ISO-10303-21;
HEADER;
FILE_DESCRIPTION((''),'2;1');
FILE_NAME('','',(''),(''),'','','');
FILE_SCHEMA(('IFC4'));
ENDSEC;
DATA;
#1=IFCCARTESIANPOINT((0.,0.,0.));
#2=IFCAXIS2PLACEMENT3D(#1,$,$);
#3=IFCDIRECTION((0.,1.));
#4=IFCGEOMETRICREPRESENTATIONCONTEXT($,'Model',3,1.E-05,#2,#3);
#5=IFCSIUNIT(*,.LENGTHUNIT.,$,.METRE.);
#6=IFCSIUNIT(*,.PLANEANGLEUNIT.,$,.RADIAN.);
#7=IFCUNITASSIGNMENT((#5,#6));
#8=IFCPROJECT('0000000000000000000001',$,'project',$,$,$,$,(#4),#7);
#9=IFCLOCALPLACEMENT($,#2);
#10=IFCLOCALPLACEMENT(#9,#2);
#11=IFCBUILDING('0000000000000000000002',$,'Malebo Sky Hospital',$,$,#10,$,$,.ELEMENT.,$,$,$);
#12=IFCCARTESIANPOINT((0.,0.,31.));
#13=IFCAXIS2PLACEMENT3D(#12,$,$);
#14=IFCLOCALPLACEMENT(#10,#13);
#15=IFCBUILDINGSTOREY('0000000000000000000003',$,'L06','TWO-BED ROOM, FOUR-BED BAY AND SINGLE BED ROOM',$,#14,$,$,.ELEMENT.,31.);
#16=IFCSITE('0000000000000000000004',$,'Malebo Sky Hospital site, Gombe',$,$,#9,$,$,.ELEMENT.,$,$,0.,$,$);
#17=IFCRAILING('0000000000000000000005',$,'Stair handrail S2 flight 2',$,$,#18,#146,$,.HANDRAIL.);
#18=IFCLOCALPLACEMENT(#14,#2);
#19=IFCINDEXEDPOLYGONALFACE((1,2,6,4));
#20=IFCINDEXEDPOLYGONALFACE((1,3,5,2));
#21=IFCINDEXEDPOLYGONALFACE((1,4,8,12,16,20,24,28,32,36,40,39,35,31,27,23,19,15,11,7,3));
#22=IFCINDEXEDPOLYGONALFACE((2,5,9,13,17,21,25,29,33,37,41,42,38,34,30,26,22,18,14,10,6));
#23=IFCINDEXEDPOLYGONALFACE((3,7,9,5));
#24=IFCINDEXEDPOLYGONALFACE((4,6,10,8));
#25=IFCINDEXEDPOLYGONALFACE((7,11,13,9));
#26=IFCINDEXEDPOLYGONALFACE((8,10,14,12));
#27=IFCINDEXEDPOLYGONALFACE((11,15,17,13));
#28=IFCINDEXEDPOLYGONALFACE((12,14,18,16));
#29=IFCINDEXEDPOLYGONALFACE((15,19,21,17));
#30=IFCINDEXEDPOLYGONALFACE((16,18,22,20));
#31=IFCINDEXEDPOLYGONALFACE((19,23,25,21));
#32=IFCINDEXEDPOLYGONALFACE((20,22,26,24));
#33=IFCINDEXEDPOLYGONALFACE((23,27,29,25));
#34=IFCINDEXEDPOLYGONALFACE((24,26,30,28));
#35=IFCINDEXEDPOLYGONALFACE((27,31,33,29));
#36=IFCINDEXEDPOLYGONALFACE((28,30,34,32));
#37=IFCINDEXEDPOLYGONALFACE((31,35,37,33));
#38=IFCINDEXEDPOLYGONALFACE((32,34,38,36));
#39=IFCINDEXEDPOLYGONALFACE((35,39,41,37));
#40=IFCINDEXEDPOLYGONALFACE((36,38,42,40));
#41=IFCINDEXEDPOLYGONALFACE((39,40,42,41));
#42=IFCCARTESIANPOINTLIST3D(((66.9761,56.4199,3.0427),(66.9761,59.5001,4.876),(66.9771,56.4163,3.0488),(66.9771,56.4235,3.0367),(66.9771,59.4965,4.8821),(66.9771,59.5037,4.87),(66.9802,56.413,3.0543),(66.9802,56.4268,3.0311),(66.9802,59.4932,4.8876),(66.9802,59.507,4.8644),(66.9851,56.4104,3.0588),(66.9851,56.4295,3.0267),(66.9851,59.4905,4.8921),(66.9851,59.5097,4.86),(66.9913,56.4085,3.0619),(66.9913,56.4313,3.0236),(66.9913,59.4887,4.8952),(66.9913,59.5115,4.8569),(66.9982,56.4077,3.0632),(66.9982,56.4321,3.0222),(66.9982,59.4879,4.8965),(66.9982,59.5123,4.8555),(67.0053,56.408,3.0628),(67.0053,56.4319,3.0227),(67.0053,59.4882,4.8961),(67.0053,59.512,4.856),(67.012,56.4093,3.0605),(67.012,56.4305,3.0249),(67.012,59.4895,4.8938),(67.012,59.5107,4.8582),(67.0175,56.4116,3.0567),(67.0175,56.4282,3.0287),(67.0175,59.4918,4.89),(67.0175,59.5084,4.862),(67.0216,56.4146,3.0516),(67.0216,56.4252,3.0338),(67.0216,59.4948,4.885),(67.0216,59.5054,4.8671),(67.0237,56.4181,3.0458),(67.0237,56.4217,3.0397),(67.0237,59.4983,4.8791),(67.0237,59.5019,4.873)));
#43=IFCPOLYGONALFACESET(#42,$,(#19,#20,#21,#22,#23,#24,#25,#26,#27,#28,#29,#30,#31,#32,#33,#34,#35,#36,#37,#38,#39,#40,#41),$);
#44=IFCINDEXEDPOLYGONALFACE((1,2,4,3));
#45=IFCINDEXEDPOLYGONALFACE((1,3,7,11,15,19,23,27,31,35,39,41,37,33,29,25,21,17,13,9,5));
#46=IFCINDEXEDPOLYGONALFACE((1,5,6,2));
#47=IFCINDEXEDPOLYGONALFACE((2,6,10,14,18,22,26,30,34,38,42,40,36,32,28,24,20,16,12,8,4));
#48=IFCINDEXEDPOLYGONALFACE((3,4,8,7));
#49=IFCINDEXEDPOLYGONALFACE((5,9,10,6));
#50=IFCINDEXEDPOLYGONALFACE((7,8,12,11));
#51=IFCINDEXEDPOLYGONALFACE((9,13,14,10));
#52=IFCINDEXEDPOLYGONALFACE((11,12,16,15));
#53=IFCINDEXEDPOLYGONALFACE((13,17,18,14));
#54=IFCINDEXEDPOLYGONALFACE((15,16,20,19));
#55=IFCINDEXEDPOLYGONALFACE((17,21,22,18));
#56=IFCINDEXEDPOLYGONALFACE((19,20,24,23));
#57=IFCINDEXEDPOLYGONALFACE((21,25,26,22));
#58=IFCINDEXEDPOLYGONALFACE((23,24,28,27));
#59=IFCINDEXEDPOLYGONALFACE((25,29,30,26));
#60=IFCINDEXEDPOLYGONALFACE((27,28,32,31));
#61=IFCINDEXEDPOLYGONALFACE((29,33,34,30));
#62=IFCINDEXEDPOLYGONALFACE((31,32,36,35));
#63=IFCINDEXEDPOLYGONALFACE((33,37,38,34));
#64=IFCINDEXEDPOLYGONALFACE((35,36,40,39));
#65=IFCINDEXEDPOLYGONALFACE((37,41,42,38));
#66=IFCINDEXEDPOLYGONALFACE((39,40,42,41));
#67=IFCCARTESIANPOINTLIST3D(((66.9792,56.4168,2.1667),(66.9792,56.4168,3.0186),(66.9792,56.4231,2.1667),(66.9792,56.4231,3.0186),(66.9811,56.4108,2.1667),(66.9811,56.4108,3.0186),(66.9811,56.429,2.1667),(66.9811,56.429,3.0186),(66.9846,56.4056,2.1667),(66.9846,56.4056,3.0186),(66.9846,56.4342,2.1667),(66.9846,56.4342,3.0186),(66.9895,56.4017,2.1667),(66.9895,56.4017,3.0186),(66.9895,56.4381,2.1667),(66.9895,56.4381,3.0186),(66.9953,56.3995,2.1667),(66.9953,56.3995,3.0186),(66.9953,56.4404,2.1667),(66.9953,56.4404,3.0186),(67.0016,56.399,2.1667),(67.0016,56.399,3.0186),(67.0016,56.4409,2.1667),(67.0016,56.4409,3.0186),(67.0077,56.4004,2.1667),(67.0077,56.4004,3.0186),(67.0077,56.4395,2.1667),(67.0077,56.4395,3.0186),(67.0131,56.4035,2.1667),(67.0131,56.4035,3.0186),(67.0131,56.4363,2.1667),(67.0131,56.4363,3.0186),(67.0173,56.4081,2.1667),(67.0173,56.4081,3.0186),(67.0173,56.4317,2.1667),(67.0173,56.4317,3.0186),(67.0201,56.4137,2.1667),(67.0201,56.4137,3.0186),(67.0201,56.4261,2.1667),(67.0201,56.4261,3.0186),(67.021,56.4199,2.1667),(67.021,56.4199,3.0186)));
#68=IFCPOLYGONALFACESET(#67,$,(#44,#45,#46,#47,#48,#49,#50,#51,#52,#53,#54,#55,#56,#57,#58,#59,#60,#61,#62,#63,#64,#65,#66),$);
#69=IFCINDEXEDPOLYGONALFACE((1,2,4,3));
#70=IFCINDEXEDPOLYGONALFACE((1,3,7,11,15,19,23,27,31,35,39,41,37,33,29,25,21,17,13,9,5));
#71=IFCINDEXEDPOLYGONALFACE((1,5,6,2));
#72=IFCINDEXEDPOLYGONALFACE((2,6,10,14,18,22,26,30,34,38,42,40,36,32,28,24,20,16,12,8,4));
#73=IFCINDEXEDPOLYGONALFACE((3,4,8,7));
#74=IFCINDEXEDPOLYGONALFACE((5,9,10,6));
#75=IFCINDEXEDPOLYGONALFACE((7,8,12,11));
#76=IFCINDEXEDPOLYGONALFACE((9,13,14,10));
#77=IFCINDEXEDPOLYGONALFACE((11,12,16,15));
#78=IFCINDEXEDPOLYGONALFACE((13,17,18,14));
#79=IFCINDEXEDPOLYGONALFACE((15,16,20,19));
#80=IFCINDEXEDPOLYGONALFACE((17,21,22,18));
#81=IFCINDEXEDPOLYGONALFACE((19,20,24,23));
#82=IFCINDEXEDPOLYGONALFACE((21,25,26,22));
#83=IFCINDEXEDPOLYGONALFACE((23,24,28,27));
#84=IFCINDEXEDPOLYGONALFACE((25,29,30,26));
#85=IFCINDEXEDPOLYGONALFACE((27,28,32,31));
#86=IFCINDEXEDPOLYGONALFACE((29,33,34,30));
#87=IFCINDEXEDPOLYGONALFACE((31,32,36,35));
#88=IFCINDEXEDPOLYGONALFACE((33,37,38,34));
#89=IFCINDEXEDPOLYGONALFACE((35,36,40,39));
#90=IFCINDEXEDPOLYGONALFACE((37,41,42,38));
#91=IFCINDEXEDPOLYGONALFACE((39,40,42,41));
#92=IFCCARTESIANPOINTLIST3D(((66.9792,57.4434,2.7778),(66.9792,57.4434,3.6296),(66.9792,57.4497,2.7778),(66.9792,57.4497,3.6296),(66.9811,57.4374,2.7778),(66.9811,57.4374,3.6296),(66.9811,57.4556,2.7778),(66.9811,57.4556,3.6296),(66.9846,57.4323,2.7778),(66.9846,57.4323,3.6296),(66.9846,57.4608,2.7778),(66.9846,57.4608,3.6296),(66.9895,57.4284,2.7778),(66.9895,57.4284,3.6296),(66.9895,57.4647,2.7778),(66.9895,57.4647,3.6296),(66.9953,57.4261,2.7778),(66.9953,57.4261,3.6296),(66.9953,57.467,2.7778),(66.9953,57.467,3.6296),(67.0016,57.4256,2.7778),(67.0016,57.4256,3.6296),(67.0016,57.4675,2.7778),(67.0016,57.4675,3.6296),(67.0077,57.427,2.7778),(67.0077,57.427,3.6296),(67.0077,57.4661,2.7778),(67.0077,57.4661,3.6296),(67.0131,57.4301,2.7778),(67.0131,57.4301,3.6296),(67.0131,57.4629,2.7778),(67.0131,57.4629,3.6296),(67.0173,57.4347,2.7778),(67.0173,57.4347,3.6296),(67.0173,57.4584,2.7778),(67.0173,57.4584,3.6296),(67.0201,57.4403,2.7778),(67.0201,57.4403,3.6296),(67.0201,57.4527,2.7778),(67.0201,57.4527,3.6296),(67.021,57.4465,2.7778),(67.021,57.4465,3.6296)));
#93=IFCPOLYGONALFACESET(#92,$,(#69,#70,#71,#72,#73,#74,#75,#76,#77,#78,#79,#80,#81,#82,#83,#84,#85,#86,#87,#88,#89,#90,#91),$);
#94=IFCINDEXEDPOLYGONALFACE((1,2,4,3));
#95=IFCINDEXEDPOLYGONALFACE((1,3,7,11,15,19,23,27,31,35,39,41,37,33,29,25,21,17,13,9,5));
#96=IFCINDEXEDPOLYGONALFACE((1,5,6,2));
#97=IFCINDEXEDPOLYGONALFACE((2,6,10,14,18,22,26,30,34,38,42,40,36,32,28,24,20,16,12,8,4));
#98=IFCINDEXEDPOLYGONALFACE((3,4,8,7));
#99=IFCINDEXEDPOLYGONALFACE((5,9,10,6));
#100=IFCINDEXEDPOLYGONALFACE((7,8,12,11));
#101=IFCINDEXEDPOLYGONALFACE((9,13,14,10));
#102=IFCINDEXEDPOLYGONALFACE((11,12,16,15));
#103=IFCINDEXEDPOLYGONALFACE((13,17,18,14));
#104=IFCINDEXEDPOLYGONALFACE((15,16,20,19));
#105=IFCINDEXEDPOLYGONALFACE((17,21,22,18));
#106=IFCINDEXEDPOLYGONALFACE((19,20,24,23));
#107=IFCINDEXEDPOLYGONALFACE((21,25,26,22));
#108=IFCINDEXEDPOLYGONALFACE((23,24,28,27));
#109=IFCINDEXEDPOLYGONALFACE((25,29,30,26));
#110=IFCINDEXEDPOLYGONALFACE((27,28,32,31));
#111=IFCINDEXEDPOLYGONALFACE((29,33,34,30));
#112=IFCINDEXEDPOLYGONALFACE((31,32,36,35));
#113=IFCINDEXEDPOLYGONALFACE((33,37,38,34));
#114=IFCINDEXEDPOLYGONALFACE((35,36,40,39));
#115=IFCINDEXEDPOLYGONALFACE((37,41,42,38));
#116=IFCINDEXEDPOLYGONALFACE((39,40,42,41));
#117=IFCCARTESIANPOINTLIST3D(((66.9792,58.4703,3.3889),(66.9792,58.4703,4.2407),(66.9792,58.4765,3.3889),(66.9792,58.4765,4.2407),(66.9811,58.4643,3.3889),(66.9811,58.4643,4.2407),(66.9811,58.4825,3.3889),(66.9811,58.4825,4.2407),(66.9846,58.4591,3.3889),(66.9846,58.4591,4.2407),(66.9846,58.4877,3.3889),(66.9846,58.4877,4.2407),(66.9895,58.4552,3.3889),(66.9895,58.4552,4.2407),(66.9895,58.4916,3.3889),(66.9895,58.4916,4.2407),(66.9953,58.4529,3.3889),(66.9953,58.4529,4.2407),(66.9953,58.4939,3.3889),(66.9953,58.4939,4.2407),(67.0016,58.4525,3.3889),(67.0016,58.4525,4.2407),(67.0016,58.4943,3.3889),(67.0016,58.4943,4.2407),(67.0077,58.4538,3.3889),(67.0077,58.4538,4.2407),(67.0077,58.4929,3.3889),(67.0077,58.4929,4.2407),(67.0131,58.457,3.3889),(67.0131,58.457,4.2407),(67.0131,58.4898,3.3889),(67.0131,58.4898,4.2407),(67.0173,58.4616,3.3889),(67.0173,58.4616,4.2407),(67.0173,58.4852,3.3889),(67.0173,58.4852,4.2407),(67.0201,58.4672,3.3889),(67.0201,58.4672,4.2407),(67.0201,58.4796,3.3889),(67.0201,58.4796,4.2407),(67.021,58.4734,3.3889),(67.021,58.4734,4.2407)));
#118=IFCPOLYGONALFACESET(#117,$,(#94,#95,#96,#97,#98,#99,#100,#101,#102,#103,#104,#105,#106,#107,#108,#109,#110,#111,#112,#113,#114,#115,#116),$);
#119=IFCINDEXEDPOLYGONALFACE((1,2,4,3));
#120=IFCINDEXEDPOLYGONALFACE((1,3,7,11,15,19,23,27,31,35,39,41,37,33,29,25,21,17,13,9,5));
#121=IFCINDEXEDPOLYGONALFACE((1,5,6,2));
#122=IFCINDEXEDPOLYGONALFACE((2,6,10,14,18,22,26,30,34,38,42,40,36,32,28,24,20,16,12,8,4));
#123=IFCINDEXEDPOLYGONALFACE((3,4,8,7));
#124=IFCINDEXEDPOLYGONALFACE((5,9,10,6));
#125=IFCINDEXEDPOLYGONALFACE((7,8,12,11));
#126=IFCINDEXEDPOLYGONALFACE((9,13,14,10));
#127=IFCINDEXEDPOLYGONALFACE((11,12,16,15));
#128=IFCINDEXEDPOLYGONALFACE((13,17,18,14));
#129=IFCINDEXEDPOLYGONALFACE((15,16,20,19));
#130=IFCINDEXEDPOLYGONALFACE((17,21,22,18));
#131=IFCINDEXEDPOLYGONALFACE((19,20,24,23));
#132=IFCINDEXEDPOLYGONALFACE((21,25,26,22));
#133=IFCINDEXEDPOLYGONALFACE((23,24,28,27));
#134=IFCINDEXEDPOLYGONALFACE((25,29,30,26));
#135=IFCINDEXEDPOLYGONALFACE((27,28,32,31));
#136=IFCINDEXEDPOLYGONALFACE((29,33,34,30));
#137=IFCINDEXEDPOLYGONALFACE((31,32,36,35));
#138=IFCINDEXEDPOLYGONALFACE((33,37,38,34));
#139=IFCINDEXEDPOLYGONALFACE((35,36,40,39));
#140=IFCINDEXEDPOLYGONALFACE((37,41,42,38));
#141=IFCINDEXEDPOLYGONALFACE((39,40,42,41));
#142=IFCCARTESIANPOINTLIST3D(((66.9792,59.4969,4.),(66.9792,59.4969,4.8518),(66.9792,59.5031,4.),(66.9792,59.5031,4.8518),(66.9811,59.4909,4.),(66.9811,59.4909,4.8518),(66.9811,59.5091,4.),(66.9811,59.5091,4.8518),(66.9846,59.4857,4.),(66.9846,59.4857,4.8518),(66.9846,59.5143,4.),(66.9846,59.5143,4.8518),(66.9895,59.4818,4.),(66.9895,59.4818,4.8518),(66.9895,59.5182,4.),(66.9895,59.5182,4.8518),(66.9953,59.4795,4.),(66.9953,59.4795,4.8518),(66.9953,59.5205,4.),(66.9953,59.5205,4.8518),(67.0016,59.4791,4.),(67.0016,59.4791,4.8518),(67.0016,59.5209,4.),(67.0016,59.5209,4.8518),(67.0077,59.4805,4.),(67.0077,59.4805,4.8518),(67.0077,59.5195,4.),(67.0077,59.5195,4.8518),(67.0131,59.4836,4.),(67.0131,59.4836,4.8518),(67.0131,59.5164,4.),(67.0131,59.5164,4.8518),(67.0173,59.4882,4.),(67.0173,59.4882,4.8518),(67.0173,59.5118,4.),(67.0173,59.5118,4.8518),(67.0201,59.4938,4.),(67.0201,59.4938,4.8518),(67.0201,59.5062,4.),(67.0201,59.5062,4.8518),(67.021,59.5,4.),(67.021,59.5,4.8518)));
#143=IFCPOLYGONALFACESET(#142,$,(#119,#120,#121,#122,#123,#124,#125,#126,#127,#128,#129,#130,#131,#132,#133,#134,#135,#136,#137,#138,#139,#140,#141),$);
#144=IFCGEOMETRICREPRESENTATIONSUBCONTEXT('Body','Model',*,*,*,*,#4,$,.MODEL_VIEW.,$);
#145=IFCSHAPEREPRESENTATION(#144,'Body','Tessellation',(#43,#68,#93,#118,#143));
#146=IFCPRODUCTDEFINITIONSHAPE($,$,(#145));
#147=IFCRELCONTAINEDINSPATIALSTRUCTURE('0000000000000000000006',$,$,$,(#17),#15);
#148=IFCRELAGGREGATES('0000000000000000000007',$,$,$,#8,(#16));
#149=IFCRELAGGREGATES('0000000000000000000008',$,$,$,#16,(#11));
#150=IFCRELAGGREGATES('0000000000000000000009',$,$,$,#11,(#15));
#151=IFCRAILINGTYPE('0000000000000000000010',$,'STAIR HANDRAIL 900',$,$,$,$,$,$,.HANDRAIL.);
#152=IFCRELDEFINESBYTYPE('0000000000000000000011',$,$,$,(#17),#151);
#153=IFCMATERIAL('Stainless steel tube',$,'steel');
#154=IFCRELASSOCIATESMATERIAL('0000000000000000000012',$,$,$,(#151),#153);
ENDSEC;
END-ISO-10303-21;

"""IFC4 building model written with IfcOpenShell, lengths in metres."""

from ifc_helpers import new_model, si_unit, direction, frame, origin, origin_2d, place, context, subcontext, project, spatial, circle, extrude, material, type_object, element, save


model = new_model("IFC4")

# Units and contexts
model_context = context("Model", 3, precision=1e-05, world=origin(), true_north=direction((0.0, 1.0)))
body_context = subcontext(model_context, "Body", "Model", "MODEL_VIEW")
ifc_project = project(units=[si_unit("LENGTHUNIT", "METRE"), si_unit("PLANEANGLEUNIT", "RADIAN")], contexts=[model_context])

# Site, building, storey
site_placement = place(None, origin())
site = spatial("IfcSite", under=ifc_project, at=site_placement, Name="Malebo Sky Hospital site, Gombe", CompositionType="ELEMENT", RefElevation=0.0)
building_placement = place(site_placement, origin())
building = spatial("IfcBuilding", under=site, at=building_placement, Name="Malebo Sky Hospital", CompositionType="ELEMENT")
storey_placement = place(building_placement, frame((0.0, 0.0, 31.0)))
storey = spatial("IfcBuildingStorey", under=building, at=storey_placement, Name="L06", Description="TWO-BED ROOM, FOUR-BED BAY AND SINGLE BED ROOM", CompositionType="ELEMENT", Elevation=31.0)

# Railing
ifc_material_1 = material(Name="Stainless steel tube", Category="steel")
railing_type = type_object("IfcRailingType", Name="STAIR HANDRAIL 900", PredefinedType="HANDRAIL", material=ifc_material_1)
railing_1_placement = place(storey_placement, frame((67.0, 56.4199, 2.1667)))
element("IfcRailing", 1, at=railing_1_placement, inside=storey, type_object=railing_type, Name="Stair handrail S2 flight 2", PredefinedType="HANDRAIL", context=body_context, shape_type="SweptSolid", body=[
    extrude(circle(Radius=0.0239, at=origin_2d()), frame((0.0, 0.0, 0.876), z_axis=(0.0, 0.859309, 0.511458), x_axis=(-1.0, 0.0, 0.0)), (0.0, 0.0, 1.0), 3.5845),
    extrude(circle(Radius=0.021, at=origin_2d()), origin(), (0.0, 0.0, 1.0), 0.8518),
    extrude(circle(Radius=0.021, at=origin_2d()), frame((0.0, 1.0266, 0.6111)), (0.0, 0.0, 1.0), 0.8518),
    extrude(circle(Radius=0.021, at=origin_2d()), frame((0.0, 2.0535, 1.2222)), (0.0, 0.0, 1.0), 0.8518),
    extrude(circle(Radius=0.021, at=origin_2d()), frame((0.0, 3.0801, 1.8333)), (0.0, 0.0, 1.0), 0.8518),
])

save(model, "model.ifc")
